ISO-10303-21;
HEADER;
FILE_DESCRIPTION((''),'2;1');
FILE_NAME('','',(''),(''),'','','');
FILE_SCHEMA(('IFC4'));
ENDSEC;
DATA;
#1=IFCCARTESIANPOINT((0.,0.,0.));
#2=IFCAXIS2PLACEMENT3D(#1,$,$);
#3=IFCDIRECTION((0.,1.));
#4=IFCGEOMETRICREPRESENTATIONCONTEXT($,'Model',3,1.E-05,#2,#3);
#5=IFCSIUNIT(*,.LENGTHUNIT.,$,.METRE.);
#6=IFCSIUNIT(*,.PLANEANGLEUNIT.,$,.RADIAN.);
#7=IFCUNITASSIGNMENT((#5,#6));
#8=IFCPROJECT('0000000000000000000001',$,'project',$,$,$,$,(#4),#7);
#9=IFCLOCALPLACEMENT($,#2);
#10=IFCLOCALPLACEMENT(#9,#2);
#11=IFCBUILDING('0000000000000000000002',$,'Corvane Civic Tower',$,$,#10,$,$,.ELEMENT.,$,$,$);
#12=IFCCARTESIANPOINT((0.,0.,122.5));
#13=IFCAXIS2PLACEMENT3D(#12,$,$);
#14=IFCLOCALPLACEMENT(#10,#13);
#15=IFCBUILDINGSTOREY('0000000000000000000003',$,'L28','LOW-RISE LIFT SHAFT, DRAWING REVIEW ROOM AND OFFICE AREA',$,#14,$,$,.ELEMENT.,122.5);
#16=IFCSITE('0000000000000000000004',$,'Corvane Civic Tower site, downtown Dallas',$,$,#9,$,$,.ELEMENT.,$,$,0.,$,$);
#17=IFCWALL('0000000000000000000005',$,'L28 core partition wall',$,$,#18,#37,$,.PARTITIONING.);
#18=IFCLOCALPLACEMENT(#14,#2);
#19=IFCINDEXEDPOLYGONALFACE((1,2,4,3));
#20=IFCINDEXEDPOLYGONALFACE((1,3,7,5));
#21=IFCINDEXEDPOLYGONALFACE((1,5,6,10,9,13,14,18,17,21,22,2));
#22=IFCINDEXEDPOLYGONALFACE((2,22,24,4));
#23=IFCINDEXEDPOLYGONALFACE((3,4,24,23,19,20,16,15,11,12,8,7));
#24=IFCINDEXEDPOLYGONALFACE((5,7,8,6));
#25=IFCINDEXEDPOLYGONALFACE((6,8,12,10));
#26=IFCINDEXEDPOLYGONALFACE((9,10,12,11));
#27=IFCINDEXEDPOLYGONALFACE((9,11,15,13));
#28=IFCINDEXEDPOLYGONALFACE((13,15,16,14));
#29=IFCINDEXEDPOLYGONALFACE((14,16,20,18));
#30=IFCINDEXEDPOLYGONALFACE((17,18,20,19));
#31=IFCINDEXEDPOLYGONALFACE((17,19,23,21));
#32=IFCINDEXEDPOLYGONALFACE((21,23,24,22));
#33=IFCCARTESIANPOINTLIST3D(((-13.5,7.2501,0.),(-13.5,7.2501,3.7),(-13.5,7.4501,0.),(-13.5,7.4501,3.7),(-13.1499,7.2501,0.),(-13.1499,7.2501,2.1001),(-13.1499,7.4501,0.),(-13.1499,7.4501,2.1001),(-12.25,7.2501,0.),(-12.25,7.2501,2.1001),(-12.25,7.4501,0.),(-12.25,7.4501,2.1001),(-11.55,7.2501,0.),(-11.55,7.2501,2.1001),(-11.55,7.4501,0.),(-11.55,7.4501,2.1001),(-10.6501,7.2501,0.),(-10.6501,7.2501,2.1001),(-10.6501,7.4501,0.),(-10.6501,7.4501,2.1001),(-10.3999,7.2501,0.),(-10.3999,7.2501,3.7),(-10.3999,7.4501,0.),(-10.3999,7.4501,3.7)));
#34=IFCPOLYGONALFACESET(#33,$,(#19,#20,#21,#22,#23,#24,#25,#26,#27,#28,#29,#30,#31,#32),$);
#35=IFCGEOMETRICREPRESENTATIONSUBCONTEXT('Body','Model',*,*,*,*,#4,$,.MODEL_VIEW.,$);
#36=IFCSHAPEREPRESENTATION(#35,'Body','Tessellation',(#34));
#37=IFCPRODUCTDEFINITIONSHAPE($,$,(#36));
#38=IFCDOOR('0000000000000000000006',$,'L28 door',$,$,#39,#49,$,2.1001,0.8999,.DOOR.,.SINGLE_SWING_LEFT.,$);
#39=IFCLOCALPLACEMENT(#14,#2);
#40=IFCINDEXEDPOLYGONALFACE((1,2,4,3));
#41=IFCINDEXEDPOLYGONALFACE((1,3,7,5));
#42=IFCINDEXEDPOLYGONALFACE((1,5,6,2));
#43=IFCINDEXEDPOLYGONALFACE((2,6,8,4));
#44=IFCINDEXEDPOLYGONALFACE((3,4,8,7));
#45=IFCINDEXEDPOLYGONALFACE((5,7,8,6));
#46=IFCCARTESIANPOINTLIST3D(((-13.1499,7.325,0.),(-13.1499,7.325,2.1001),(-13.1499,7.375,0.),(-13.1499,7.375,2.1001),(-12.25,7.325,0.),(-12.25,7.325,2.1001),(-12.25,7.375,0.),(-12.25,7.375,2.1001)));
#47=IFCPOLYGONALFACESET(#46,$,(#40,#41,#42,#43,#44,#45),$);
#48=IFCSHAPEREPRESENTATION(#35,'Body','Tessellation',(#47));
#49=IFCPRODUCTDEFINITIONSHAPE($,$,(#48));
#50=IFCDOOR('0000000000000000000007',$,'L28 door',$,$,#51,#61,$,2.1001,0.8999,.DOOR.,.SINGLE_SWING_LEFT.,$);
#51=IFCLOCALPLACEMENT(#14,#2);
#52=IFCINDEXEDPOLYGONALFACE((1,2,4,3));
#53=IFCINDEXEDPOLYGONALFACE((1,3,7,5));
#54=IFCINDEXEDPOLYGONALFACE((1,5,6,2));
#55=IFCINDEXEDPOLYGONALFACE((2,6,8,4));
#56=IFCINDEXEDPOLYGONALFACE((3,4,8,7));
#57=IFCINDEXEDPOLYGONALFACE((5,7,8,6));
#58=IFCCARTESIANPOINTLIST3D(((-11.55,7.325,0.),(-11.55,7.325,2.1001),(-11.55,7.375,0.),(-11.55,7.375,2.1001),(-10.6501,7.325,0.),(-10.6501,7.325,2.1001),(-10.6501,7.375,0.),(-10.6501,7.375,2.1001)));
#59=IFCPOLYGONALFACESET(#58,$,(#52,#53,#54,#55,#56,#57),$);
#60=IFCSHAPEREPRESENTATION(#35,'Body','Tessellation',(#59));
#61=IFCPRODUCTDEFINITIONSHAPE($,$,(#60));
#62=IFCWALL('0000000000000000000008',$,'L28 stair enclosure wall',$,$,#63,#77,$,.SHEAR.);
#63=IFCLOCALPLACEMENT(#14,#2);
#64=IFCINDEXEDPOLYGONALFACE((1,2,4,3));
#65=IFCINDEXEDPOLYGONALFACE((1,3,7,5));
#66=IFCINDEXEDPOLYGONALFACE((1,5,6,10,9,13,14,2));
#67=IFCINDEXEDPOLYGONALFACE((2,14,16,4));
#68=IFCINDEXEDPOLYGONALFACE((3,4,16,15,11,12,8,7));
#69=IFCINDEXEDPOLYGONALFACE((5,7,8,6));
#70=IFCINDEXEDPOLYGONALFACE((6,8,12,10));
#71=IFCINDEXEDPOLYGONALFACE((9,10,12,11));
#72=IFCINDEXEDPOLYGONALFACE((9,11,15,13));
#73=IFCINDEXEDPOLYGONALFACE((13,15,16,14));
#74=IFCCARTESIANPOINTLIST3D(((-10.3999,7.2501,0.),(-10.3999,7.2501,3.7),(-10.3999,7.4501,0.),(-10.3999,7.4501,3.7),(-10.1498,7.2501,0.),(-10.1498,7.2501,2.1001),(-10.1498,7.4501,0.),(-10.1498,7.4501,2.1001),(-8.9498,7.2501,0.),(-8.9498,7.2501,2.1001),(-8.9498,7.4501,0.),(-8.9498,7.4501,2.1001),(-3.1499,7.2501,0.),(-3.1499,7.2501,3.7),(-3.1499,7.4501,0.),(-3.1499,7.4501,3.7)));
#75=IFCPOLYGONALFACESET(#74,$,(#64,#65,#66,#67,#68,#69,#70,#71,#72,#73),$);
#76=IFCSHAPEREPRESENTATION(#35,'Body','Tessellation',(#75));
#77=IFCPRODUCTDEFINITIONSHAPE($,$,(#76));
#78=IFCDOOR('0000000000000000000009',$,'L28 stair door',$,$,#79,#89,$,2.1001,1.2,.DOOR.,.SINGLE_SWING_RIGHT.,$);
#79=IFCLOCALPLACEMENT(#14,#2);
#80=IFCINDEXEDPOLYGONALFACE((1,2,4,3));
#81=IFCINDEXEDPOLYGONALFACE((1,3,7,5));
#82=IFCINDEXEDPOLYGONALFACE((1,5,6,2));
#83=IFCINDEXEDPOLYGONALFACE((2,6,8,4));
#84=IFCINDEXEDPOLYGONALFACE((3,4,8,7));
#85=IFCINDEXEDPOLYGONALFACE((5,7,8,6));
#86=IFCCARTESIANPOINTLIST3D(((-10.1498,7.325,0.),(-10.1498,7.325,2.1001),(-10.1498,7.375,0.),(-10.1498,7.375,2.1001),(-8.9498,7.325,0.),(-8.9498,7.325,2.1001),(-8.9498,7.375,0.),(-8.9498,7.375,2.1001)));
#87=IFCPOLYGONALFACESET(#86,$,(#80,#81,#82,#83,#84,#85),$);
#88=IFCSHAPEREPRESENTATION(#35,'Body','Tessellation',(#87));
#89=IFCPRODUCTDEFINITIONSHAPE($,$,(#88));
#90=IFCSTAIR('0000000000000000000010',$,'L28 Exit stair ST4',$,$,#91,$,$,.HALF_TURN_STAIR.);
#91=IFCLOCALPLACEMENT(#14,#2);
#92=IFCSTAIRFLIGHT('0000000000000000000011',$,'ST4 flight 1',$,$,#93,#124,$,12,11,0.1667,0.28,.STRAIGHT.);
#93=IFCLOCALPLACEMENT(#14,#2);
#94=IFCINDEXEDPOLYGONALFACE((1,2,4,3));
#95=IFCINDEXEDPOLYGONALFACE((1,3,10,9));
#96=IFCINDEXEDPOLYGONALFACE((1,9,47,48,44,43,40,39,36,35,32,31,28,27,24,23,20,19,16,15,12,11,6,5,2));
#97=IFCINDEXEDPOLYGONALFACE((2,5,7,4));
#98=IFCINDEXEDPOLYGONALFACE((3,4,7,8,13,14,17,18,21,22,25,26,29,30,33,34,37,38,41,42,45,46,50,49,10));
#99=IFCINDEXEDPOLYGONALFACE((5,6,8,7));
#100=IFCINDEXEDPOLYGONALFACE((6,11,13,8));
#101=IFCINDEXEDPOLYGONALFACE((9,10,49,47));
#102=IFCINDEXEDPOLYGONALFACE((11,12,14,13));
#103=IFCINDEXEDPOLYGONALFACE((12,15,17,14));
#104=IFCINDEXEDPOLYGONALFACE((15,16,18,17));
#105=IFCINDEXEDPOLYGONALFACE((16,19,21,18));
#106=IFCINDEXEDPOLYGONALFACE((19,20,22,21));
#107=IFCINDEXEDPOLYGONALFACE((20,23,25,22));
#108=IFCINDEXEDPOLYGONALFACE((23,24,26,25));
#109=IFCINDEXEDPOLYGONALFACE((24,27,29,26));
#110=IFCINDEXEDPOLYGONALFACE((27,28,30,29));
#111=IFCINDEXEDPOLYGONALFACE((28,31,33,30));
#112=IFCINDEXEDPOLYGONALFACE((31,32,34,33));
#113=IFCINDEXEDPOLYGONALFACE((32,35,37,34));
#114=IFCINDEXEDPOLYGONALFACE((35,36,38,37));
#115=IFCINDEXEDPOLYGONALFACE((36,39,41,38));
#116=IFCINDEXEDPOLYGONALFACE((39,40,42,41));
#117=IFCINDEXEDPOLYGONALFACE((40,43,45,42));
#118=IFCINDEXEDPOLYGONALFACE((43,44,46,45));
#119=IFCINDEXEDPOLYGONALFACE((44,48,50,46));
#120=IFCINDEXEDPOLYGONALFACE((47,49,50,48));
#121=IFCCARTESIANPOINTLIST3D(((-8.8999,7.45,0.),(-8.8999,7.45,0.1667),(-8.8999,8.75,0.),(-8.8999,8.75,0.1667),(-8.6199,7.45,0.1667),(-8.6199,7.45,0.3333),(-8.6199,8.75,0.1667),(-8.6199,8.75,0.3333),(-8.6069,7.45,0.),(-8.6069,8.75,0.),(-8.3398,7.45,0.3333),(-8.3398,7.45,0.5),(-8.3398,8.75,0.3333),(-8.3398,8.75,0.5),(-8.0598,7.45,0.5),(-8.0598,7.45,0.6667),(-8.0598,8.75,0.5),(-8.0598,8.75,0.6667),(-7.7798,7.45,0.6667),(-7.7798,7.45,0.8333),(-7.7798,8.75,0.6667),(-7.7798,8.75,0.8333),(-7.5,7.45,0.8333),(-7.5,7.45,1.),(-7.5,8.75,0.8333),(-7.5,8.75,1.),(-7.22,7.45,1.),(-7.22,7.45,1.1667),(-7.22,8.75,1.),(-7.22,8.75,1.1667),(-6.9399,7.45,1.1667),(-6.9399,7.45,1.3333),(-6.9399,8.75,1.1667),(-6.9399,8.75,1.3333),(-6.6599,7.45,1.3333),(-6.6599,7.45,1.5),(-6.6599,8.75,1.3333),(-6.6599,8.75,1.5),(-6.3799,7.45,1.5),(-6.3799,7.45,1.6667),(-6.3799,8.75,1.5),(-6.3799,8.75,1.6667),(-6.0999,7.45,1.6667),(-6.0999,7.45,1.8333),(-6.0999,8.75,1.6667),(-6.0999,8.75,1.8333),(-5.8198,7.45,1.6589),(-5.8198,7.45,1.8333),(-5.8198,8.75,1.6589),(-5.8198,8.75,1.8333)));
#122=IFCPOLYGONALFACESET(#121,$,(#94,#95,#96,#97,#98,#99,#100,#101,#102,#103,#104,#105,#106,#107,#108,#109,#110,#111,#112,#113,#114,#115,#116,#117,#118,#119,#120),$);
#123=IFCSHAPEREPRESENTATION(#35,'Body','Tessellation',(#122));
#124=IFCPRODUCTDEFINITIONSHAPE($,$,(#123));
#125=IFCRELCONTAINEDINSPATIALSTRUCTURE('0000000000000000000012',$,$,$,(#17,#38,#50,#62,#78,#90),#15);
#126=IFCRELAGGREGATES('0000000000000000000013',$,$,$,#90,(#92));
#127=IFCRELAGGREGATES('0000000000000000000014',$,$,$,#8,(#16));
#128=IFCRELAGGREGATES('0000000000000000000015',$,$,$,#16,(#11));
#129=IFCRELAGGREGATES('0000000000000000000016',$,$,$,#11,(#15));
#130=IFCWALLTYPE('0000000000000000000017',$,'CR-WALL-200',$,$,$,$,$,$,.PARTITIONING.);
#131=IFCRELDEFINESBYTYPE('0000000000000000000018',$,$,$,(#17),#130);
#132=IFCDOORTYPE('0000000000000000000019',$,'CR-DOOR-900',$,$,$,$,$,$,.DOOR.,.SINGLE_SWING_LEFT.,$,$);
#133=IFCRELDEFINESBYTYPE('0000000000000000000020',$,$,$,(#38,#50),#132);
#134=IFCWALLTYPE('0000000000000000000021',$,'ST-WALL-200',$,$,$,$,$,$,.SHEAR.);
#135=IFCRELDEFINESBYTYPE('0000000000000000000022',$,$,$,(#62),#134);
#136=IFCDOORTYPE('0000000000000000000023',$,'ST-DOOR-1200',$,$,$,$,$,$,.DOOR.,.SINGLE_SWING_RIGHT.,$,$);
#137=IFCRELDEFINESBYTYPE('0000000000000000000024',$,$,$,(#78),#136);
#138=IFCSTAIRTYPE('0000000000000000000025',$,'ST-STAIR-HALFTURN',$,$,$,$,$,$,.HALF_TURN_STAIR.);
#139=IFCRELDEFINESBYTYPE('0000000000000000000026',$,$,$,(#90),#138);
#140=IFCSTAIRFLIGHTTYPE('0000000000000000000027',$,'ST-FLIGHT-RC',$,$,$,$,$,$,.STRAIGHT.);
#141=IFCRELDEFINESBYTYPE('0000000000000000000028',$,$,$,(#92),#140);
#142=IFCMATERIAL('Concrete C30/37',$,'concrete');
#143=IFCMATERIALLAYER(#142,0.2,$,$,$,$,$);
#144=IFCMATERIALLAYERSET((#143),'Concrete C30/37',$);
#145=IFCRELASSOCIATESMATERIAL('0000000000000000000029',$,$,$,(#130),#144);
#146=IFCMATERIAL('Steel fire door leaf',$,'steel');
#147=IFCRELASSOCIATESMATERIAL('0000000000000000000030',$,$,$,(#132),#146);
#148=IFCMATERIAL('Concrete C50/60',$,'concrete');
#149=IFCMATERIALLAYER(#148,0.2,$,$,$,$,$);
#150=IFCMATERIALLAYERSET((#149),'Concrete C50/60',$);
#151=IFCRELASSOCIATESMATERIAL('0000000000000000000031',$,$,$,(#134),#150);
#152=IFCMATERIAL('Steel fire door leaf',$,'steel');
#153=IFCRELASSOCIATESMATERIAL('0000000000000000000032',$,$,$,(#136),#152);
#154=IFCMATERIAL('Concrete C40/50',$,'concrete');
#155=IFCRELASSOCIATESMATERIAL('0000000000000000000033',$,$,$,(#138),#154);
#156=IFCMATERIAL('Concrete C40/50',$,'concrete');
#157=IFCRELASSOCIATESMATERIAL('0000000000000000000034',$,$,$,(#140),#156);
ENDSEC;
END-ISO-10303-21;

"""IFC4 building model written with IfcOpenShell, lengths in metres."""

from ifc_helpers import new_model, si_unit, direction, frame, frame_2d, origin, place, context, subcontext, project, spatial, polyline, rectangle, outline, extrude, material, layer, layer_set, type_object, element, fill, aggregate, save


model = new_model("IFC4")

# Units and contexts
model_context = context("Model", 3, precision=1e-05, world=origin(), true_north=direction((0.0, 1.0)))
body_context = subcontext(model_context, "Body", "Model", "MODEL_VIEW")
ifc_project = project(units=[si_unit("LENGTHUNIT", "METRE"), si_unit("PLANEANGLEUNIT", "RADIAN")], contexts=[model_context])

# Site, building, storey
site_placement = place(None, origin())
site = spatial("IfcSite", under=ifc_project, at=site_placement, Name="Corvane Civic Tower site, downtown Dallas", CompositionType="ELEMENT", RefElevation=0.0)
building_placement = place(site_placement, origin())
building = spatial("IfcBuilding", under=site, at=building_placement, Name="Corvane Civic Tower", CompositionType="ELEMENT")
storey_placement = place(building_placement, frame((0.0, 0.0, 122.5)))
storey = spatial("IfcBuildingStorey", under=building, at=storey_placement, Name="L28", Description="LOW-RISE LIFT SHAFT, DRAWING REVIEW ROOM AND OFFICE AREA", CompositionType="ELEMENT", Elevation=122.5)

# Wall, openings, doors
ifc_material_1 = material(Name="Concrete C30/37", Category="concrete")
ifc_layer_1 = layer(ifc_material_1, 0.2)
ifc_layer_set_1 = layer_set([ifc_layer_1], Name="Concrete C30/37")
wall_type_1 = type_object("IfcWallType", Name="CR-WALL-200", PredefinedType="PARTITIONING", material=ifc_layer_set_1)
ifc_material_2 = material(Name="Steel fire door leaf", Category="steel")
door_type_1 = type_object("IfcDoorType", Name="CR-DOOR-900", OperationType="SINGLE_SWING_LEFT", PredefinedType="DOOR", material=ifc_material_2)
wall_1_placement = place(storey_placement, frame((-13.5, 7.3501, 0.0), z_axis=(0.0, 0.0, 1.0), x_axis=(1.0, 0.0, 0.0)))
wall_1 = element("IfcWall", 1, at=wall_1_placement, inside=storey, type_object=wall_type_1, Name="L28 core partition wall", PredefinedType="PARTITIONING", context=body_context, shape_type="SweptSolid", body=[
    extrude(rectangle(XDim=3.1001, YDim=0.2, at=frame_2d((1.55, 0.0))), origin(), (0.0, 0.0, 1.0), 3.7),
])
opening_1_placement = place(wall_1_placement, frame((0.3501, 0.0, 0.0)))
opening_1 = element("IfcOpeningElement", 2, at=opening_1_placement, cuts=wall_1, PredefinedType="OPENING", context=body_context, shape_type="SweptSolid", body=[
    extrude(rectangle(XDim=0.8999, YDim=2.1001, at=frame_2d((0.45, 1.05))), frame((0.0, 0.1099, 0.0), z_axis=(0.0, -1.0, 0.0), x_axis=(1.0, 0.0, 0.0)), (0.0, 0.0, 1.0), 0.22),
])
opening_2_placement = place(wall_1_placement, frame((1.95, 0.0, 0.0)))
opening_2 = element("IfcOpeningElement", 3, at=opening_2_placement, cuts=wall_1, PredefinedType="OPENING", context=body_context, shape_type="SweptSolid", body=[
    extrude(rectangle(XDim=0.8999, YDim=2.1001, at=frame_2d((0.45, 1.05))), frame((0.0, 0.1099, 0.0), z_axis=(0.0, -1.0, 0.0), x_axis=(1.0, 0.0, 0.0)), (0.0, 0.0, 1.0), 0.22),
])
door_1_placement = place(opening_1_placement, origin())
door_1 = element("IfcDoor", 4, at=door_1_placement, inside=storey, type_object=door_type_1, Name="L28 door", OperationType="SINGLE_SWING_LEFT", OverallHeight=2.1001, OverallWidth=0.8999, PredefinedType="DOOR", context=body_context, shape_type="SweptSolid", body=[
    extrude(rectangle(XDim=0.8999, YDim=2.1001, at=frame_2d((0.45, 1.05))), frame((0.0, 0.0249, 0.0), z_axis=(0.0, -1.0, 0.0), x_axis=(1.0, 0.0, 0.0)), (0.0, 0.0, 1.0), 0.05),
])
fill(opening_1, door_1)
door_2_placement = place(opening_2_placement, origin())
door_2 = element("IfcDoor", 5, at=door_2_placement, inside=storey, type_object=door_type_1, Name="L28 door", OperationType="SINGLE_SWING_LEFT", OverallHeight=2.1001, OverallWidth=0.8999, PredefinedType="DOOR", context=body_context, shape_type="SweptSolid", body=[
    extrude(rectangle(XDim=0.8999, YDim=2.1001, at=frame_2d((0.45, 1.05))), frame((0.0, 0.0249, 0.0), z_axis=(0.0, -1.0, 0.0), x_axis=(1.0, 0.0, 0.0)), (0.0, 0.0, 1.0), 0.05),
])
fill(opening_2, door_2)

# Wall, opening, door
ifc_material_3 = material(Name="Concrete C50/60", Category="concrete")
ifc_layer_2 = layer(ifc_material_3, 0.2)
ifc_layer_set_2 = layer_set([ifc_layer_2], Name="Concrete C50/60")
wall_type_2 = type_object("IfcWallType", Name="ST-WALL-200", PredefinedType="SHEAR", material=ifc_layer_set_2)
wall_2_placement = place(storey_placement, frame((-10.3999, 7.3501, 0.0), z_axis=(0.0, 0.0, 1.0), x_axis=(1.0, 0.0, 0.0)))
wall_2 = element("IfcWall", 6, at=wall_2_placement, inside=storey, type_object=wall_type_2, Name="L28 stair enclosure wall", PredefinedType="SHEAR", context=body_context, shape_type="SweptSolid", body=[
    extrude(rectangle(XDim=7.25, YDim=0.2, at=frame_2d((3.625, 0.0))), origin(), (0.0, 0.0, 1.0), 3.7),
])
opening_3_placement = place(wall_2_placement, frame((0.25, 0.0, 0.0)))
opening_3 = element("IfcOpeningElement", 7, at=opening_3_placement, cuts=wall_2, PredefinedType="OPENING", context=body_context, shape_type="SweptSolid", body=[
    extrude(rectangle(XDim=1.2, YDim=2.1001, at=frame_2d((0.6001, 1.05))), frame((0.0, 0.1099, 0.0), z_axis=(0.0, -1.0, 0.0), x_axis=(1.0, 0.0, 0.0)), (0.0, 0.0, 1.0), 0.22),
])
ifc_material_4 = material(Name="Steel fire door leaf", Category="steel")
door_type_2 = type_object("IfcDoorType", Name="ST-DOOR-1200", OperationType="SINGLE_SWING_RIGHT", PredefinedType="DOOR", material=ifc_material_4)
door_3_placement = place(opening_3_placement, origin())
door_3 = element("IfcDoor", 8, at=door_3_placement, inside=storey, type_object=door_type_2, Name="L28 stair door", OperationType="SINGLE_SWING_RIGHT", OverallHeight=2.1001, OverallWidth=1.2, PredefinedType="DOOR", context=body_context, shape_type="SweptSolid", body=[
    extrude(rectangle(XDim=1.2, YDim=2.1001, at=frame_2d((0.6001, 1.05))), frame((0.0, 0.0249, 0.0), z_axis=(0.0, -1.0, 0.0), x_axis=(1.0, 0.0, 0.0)), (0.0, 0.0, 1.0), 0.05),
])
fill(opening_3, door_3)

# Stair, stair flight
ifc_material_5 = material(Name="Concrete C40/50", Category="concrete")
stair_type = type_object("IfcStairType", Name="ST-STAIR-HALFTURN", PredefinedType="HALF_TURN_STAIR", material=ifc_material_5)
stair_placement = place(storey_placement, origin())
stair = element("IfcStair", 9, at=stair_placement, inside=storey, type_object=stair_type, Name="L28 Exit stair ST4", PredefinedType="HALF_TURN_STAIR")
ifc_material_6 = material(Name="Concrete C40/50", Category="concrete")
stair_flight_type = type_object("IfcStairFlightType", Name="ST-FLIGHT-RC", PredefinedType="STRAIGHT", material=ifc_material_6)
stair_flight_placement = place(storey_placement, frame((-8.8999, 8.1001, 0.0), z_axis=(0.0, 0.0, 1.0), x_axis=(1.0, 0.0, 0.0)))
stair_flight = element("IfcStairFlight", 10, at=stair_flight_placement, type_object=stair_flight_type, Name="ST4 flight 1", NumberOfRisers=12, NumberOfTreads=11, PredefinedType="STRAIGHT", RiserHeight=0.1667, TreadLength=0.28, context=body_context, shape_type="SweptSolid", body=[
    extrude(outline(polyline([(0.0, 0.0), (0.0, 0.1667), (0.28, 0.1667), (0.28, 0.3333), (0.5601, 0.3333), (0.5601, 0.5), (0.8401, 0.5), (0.8401, 0.6667), (1.1201, 0.6667), (1.1201, 0.8333), (1.3999, 0.8333), (1.3999, 1.0), (1.6799, 1.0), (1.6799, 1.1667), (1.96, 1.1667), (1.96, 1.3333), (2.24, 1.3333), (2.24, 1.5), (2.52, 1.5), (2.52, 1.6667), (2.8, 1.6667), (2.8, 1.8333), (3.0801, 1.8333), (3.0801, 2.0), (3.0801, 1.6589), (0.293, 0.0), (0.0, 0.0)])), frame((0.0, 0.6499, 0.0), z_axis=(0.0, -1.0, 0.0), x_axis=(1.0, 0.0, 0.0)), (0.0, 0.0, 1.0), 1.3),
])
aggregate(stair, [stair_flight])

save(model, "model.ifc")
